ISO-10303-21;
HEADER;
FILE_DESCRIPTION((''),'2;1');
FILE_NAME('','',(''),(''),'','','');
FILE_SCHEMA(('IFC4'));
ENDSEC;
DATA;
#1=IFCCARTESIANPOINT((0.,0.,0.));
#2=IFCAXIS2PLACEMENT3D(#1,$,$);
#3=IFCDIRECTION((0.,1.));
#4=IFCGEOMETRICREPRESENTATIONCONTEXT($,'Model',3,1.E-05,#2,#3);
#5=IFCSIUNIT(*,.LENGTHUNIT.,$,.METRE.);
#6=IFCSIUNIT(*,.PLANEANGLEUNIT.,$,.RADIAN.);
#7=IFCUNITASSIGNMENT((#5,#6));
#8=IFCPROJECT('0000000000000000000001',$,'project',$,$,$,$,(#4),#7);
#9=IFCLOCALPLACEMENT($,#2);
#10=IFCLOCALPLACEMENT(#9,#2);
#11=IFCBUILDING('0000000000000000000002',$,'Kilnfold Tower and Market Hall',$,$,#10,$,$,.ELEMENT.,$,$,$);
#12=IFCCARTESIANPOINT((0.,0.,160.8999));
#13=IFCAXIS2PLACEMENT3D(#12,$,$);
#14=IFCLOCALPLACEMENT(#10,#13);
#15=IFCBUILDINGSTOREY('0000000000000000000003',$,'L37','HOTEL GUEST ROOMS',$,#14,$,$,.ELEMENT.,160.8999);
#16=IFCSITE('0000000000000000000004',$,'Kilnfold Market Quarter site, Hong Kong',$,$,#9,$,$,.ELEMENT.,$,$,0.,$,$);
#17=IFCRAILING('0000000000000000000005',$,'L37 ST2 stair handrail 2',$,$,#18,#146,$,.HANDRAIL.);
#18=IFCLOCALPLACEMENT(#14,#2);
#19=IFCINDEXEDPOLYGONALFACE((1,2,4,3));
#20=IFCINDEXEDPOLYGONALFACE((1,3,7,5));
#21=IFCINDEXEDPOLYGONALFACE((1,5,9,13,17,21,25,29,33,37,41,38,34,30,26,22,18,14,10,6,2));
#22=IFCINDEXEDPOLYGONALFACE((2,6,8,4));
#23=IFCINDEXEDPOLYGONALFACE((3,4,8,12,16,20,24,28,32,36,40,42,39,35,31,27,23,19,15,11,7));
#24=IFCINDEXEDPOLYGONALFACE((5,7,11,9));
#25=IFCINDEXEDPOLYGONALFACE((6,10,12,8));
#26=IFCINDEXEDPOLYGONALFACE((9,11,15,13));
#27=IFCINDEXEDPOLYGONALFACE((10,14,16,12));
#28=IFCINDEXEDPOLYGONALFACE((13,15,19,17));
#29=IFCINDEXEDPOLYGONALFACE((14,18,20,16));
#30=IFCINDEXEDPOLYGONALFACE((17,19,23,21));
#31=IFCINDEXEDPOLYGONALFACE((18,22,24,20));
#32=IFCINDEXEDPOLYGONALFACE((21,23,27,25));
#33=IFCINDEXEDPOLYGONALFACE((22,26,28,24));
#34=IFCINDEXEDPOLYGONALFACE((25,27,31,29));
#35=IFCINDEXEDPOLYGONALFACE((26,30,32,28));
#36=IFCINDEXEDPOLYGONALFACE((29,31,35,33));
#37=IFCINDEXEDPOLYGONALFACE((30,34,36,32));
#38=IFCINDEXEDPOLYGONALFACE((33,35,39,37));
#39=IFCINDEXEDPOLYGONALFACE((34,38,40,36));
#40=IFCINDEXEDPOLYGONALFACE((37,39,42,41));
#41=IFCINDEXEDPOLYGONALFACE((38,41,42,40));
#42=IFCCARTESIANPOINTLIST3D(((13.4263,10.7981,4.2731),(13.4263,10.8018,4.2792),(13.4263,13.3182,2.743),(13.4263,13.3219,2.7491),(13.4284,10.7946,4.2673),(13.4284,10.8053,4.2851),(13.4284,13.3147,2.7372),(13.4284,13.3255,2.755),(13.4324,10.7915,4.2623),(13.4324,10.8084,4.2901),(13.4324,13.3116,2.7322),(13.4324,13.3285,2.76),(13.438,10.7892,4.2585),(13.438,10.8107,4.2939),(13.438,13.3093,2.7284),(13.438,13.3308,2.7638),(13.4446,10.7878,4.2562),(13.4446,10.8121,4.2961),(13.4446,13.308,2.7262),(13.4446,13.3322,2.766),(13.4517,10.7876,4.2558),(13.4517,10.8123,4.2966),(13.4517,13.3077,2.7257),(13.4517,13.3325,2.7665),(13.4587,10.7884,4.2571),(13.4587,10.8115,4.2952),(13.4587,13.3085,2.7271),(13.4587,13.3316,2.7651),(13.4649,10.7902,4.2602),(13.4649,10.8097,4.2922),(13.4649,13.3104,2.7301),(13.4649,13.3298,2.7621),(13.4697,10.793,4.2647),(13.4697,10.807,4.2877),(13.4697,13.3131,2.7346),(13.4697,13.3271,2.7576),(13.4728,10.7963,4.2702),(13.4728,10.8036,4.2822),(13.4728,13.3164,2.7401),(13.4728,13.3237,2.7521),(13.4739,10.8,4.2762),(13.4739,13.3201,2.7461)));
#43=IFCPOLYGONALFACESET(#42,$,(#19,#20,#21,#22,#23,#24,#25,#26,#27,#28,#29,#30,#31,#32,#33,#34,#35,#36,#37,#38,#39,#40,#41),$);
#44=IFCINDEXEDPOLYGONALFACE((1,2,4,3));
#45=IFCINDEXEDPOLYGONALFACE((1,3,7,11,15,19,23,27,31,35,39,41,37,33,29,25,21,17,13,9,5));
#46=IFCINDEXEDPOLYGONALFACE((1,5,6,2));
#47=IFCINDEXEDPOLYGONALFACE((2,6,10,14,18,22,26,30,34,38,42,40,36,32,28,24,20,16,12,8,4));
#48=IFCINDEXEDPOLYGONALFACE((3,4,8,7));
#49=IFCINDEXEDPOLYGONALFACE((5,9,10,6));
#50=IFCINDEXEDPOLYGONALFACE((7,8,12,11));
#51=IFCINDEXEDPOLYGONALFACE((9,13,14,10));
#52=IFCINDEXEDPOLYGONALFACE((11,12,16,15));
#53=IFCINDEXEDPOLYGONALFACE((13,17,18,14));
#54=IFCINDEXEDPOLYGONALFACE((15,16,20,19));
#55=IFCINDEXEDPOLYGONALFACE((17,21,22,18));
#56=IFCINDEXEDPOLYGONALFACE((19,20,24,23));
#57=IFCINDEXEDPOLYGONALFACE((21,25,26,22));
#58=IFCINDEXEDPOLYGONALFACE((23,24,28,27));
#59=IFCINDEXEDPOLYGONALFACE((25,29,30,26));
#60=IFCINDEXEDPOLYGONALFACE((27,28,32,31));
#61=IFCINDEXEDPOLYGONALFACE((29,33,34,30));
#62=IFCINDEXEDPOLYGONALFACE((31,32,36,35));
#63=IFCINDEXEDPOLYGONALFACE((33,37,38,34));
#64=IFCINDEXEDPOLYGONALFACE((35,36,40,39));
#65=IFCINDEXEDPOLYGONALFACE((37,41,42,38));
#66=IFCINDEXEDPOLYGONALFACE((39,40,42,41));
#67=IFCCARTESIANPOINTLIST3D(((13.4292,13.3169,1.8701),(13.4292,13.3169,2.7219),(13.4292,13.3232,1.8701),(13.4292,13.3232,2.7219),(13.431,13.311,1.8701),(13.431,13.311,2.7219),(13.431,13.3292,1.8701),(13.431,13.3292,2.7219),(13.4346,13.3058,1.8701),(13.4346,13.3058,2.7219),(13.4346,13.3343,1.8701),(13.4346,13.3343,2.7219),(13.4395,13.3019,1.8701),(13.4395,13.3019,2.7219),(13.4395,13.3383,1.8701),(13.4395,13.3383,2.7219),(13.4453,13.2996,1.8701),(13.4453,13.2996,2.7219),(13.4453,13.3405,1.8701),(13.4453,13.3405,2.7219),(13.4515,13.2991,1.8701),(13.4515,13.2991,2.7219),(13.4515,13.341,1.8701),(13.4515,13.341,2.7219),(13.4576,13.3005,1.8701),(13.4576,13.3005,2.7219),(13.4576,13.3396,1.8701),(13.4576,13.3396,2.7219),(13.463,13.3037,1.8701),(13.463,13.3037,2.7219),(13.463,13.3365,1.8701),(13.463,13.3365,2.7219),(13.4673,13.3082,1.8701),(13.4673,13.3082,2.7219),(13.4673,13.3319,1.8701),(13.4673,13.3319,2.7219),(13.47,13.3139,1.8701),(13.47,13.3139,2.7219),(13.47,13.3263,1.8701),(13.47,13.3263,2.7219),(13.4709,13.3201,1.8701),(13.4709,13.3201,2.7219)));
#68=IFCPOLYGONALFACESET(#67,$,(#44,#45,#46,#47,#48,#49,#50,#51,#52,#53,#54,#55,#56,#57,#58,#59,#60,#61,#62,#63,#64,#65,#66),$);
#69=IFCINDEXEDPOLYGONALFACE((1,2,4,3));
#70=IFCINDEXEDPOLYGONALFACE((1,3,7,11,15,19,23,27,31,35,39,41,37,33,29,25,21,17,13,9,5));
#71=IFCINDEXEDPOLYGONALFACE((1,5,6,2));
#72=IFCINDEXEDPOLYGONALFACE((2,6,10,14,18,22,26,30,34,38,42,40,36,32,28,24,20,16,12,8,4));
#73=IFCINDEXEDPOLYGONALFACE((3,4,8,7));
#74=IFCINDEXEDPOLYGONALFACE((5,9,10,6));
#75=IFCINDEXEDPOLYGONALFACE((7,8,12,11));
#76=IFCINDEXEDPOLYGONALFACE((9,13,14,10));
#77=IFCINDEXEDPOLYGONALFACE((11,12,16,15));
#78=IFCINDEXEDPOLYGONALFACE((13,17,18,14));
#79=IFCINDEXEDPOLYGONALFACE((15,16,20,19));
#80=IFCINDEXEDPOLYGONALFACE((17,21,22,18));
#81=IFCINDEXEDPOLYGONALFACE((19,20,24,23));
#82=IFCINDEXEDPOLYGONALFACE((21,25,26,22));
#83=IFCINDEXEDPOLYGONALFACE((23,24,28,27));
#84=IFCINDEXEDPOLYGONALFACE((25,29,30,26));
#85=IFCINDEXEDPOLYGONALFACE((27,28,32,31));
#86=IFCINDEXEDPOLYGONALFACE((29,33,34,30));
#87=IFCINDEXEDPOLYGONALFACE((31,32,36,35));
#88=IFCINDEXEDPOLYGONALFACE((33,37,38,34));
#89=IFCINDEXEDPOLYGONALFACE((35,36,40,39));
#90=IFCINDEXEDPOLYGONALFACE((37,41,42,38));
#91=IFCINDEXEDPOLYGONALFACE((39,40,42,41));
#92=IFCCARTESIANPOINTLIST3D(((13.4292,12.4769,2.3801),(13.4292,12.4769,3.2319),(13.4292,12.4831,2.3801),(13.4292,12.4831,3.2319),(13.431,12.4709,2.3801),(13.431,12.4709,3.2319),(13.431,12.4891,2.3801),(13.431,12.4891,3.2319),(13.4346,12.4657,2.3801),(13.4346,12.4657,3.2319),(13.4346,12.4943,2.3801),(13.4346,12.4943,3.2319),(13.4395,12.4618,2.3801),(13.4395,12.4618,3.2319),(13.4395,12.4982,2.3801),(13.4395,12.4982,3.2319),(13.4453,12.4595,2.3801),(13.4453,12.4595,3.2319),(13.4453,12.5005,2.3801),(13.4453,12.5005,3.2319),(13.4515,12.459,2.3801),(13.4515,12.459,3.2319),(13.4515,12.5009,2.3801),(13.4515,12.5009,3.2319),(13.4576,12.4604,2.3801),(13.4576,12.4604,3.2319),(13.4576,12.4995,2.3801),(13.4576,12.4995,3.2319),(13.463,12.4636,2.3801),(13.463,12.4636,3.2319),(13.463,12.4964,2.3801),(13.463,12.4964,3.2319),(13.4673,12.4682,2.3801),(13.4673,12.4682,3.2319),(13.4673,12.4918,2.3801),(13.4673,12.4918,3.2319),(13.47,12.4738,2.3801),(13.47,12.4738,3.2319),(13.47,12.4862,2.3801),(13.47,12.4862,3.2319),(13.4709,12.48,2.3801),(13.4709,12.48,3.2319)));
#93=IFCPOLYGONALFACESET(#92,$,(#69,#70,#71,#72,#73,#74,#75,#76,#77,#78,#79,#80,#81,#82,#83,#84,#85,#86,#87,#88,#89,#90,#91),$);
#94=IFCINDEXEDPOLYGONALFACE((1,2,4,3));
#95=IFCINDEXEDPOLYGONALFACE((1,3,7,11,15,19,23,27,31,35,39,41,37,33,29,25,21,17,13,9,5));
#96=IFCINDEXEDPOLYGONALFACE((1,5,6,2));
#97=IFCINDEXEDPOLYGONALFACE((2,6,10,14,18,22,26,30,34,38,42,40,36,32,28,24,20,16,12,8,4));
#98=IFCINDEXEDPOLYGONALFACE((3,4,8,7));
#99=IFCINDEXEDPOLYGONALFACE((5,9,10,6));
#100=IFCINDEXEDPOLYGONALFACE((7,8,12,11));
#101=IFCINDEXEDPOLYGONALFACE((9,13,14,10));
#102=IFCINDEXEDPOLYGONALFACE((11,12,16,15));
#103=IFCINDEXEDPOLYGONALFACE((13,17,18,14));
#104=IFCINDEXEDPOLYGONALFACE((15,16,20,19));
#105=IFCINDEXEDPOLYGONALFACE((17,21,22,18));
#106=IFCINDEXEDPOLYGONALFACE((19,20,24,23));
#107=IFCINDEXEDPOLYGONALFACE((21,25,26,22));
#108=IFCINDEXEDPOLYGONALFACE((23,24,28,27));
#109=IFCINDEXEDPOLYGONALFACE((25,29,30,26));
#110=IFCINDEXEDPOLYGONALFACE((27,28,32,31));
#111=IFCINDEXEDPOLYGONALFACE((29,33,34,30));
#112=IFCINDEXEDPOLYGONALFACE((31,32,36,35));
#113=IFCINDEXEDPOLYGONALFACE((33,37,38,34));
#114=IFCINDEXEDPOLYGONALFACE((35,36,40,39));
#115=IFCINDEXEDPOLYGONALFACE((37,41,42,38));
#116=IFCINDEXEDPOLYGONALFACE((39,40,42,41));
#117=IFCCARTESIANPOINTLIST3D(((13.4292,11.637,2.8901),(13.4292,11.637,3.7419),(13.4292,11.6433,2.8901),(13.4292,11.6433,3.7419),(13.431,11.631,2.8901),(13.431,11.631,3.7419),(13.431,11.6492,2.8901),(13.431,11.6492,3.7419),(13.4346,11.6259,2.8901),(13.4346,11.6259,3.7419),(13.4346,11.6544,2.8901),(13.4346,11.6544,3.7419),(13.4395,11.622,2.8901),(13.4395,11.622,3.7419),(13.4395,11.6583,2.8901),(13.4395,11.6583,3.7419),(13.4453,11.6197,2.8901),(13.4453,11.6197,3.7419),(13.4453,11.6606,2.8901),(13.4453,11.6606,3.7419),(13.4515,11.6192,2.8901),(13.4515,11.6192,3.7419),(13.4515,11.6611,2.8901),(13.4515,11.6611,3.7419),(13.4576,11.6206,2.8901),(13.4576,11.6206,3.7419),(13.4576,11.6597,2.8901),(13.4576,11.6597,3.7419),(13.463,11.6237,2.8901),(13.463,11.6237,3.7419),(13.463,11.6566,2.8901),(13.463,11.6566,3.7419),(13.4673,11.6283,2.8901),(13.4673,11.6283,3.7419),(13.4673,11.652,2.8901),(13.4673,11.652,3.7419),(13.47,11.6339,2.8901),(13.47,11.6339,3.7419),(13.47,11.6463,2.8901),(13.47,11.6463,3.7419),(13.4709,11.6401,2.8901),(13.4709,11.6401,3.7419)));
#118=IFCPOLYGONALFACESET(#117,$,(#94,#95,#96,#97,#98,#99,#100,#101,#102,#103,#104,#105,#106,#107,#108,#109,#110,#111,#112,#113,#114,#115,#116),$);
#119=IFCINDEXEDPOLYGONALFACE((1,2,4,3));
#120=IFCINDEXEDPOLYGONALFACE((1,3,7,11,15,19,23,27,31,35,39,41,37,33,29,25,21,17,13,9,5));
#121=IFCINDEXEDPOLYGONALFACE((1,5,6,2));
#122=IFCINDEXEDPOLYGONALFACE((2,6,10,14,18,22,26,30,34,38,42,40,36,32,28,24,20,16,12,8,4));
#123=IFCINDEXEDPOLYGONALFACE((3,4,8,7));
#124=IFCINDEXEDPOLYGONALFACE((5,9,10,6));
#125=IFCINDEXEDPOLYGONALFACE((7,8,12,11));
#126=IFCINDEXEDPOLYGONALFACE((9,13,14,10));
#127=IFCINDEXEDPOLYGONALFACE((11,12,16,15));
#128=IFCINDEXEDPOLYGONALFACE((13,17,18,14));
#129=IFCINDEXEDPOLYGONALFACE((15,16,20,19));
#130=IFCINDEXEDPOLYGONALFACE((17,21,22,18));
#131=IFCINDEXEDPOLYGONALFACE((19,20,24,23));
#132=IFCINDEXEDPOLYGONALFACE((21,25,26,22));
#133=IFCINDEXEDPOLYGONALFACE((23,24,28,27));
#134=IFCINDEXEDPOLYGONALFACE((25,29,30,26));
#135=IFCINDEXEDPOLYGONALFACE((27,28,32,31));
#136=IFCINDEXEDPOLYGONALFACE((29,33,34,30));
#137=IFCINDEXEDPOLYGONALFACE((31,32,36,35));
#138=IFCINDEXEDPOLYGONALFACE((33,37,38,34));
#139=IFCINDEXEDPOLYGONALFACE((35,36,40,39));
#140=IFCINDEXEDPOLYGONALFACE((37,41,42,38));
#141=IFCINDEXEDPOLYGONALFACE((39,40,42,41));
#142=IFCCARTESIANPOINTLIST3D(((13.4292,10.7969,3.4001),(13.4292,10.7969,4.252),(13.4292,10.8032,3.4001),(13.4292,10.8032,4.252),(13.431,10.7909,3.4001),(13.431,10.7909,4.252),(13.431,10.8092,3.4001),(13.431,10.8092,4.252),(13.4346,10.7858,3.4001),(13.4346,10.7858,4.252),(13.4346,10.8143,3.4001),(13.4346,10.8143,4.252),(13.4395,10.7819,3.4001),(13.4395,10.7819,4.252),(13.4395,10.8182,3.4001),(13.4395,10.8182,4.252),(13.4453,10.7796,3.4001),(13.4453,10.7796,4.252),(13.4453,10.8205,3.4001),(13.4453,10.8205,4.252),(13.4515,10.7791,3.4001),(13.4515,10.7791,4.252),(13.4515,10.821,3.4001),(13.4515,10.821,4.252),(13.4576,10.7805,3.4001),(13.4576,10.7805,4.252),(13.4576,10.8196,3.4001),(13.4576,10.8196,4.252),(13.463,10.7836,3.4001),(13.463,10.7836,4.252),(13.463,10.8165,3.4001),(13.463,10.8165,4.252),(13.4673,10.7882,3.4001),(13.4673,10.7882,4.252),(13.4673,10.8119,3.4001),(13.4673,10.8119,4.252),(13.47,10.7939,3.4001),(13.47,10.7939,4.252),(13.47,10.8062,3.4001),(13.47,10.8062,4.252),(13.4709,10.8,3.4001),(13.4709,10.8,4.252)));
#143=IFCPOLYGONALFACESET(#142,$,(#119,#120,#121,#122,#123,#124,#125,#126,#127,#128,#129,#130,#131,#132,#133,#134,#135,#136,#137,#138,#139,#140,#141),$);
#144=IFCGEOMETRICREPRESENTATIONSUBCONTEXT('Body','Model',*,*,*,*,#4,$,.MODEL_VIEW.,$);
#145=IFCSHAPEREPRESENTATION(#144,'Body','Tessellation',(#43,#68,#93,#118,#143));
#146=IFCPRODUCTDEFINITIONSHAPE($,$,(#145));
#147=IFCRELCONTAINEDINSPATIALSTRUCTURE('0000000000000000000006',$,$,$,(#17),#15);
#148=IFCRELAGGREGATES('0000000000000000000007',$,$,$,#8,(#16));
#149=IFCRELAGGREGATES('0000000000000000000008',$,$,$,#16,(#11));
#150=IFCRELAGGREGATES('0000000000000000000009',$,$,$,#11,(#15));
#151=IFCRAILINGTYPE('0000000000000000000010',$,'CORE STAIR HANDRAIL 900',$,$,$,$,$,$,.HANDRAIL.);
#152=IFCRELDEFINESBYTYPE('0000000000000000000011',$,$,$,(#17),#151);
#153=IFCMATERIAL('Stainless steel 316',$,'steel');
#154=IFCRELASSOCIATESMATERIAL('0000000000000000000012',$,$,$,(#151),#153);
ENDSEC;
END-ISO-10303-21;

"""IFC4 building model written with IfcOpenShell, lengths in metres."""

from ifc_helpers import new_model, si_unit, direction, frame, origin, origin_2d, place, context, subcontext, project, spatial, circle, extrude, material, type_object, element, save


model = new_model("IFC4")

# Units and contexts
model_context = context("Model", 3, precision=1e-05, world=origin(), true_north=direction((0.0, 1.0)))
body_context = subcontext(model_context, "Body", "Model", "MODEL_VIEW")
ifc_project = project(units=[si_unit("LENGTHUNIT", "METRE"), si_unit("PLANEANGLEUNIT", "RADIAN")], contexts=[model_context])

# Site, building, storey
site_placement = place(None, origin())
site = spatial("IfcSite", under=ifc_project, at=site_placement, Name="Kilnfold Market Quarter site, Hong Kong", CompositionType="ELEMENT", RefElevation=0.0)
building_placement = place(site_placement, origin())
building = spatial("IfcBuilding", under=site, at=building_placement, Name="Kilnfold Tower and Market Hall", CompositionType="ELEMENT")
storey_placement = place(building_placement, frame((0.0, 0.0, 160.8999)))
storey = spatial("IfcBuildingStorey", under=building, at=storey_placement, Name="L37", Description="HOTEL GUEST ROOMS", CompositionType="ELEMENT", Elevation=160.8999)

# Railing
ifc_material_1 = material(Name="Stainless steel 316", Category="steel")
railing_type_1 = type_object("IfcRailingType", Name="CORE STAIR HANDRAIL 900", PredefinedType="HANDRAIL", material=ifc_material_1)
for number, where, name in (
    (1, (13.45, 13.3201, 1.8701), "L37 ST2 stair handrail 2"),
):
    element("IfcRailing", number, at=place(storey_placement, frame(where)), inside=storey, type_object=railing_type_1, Name=name, PredefinedType="HANDRAIL", context=body_context, shape_type="SweptSolid", body=[
        extrude(circle(Radius=0.0239, at=origin_2d()), frame((0.0, 0.0, 0.876), z_axis=(0.0, -0.854785, 0.518982), x_axis=(1.0, 0.0, 0.0)), (0.0, 0.0, 1.0), 2.9482),
        extrude(circle(Radius=0.021, at=origin_2d()), origin(), (0.0, 0.0, 1.0), 0.8518),
        extrude(circle(Radius=0.021, at=origin_2d()), frame((0.0, -0.8401, 0.51)), (0.0, 0.0, 1.0), 0.8518),
        extrude(circle(Radius=0.021, at=origin_2d()), frame((0.0, -1.6799, 1.02)), (0.0, 0.0, 1.0), 0.8518),
        extrude(circle(Radius=0.021, at=origin_2d()), frame((0.0, -2.52, 1.53)), (0.0, 0.0, 1.0), 0.8518),
    ])

save(model, "model.ifc")
